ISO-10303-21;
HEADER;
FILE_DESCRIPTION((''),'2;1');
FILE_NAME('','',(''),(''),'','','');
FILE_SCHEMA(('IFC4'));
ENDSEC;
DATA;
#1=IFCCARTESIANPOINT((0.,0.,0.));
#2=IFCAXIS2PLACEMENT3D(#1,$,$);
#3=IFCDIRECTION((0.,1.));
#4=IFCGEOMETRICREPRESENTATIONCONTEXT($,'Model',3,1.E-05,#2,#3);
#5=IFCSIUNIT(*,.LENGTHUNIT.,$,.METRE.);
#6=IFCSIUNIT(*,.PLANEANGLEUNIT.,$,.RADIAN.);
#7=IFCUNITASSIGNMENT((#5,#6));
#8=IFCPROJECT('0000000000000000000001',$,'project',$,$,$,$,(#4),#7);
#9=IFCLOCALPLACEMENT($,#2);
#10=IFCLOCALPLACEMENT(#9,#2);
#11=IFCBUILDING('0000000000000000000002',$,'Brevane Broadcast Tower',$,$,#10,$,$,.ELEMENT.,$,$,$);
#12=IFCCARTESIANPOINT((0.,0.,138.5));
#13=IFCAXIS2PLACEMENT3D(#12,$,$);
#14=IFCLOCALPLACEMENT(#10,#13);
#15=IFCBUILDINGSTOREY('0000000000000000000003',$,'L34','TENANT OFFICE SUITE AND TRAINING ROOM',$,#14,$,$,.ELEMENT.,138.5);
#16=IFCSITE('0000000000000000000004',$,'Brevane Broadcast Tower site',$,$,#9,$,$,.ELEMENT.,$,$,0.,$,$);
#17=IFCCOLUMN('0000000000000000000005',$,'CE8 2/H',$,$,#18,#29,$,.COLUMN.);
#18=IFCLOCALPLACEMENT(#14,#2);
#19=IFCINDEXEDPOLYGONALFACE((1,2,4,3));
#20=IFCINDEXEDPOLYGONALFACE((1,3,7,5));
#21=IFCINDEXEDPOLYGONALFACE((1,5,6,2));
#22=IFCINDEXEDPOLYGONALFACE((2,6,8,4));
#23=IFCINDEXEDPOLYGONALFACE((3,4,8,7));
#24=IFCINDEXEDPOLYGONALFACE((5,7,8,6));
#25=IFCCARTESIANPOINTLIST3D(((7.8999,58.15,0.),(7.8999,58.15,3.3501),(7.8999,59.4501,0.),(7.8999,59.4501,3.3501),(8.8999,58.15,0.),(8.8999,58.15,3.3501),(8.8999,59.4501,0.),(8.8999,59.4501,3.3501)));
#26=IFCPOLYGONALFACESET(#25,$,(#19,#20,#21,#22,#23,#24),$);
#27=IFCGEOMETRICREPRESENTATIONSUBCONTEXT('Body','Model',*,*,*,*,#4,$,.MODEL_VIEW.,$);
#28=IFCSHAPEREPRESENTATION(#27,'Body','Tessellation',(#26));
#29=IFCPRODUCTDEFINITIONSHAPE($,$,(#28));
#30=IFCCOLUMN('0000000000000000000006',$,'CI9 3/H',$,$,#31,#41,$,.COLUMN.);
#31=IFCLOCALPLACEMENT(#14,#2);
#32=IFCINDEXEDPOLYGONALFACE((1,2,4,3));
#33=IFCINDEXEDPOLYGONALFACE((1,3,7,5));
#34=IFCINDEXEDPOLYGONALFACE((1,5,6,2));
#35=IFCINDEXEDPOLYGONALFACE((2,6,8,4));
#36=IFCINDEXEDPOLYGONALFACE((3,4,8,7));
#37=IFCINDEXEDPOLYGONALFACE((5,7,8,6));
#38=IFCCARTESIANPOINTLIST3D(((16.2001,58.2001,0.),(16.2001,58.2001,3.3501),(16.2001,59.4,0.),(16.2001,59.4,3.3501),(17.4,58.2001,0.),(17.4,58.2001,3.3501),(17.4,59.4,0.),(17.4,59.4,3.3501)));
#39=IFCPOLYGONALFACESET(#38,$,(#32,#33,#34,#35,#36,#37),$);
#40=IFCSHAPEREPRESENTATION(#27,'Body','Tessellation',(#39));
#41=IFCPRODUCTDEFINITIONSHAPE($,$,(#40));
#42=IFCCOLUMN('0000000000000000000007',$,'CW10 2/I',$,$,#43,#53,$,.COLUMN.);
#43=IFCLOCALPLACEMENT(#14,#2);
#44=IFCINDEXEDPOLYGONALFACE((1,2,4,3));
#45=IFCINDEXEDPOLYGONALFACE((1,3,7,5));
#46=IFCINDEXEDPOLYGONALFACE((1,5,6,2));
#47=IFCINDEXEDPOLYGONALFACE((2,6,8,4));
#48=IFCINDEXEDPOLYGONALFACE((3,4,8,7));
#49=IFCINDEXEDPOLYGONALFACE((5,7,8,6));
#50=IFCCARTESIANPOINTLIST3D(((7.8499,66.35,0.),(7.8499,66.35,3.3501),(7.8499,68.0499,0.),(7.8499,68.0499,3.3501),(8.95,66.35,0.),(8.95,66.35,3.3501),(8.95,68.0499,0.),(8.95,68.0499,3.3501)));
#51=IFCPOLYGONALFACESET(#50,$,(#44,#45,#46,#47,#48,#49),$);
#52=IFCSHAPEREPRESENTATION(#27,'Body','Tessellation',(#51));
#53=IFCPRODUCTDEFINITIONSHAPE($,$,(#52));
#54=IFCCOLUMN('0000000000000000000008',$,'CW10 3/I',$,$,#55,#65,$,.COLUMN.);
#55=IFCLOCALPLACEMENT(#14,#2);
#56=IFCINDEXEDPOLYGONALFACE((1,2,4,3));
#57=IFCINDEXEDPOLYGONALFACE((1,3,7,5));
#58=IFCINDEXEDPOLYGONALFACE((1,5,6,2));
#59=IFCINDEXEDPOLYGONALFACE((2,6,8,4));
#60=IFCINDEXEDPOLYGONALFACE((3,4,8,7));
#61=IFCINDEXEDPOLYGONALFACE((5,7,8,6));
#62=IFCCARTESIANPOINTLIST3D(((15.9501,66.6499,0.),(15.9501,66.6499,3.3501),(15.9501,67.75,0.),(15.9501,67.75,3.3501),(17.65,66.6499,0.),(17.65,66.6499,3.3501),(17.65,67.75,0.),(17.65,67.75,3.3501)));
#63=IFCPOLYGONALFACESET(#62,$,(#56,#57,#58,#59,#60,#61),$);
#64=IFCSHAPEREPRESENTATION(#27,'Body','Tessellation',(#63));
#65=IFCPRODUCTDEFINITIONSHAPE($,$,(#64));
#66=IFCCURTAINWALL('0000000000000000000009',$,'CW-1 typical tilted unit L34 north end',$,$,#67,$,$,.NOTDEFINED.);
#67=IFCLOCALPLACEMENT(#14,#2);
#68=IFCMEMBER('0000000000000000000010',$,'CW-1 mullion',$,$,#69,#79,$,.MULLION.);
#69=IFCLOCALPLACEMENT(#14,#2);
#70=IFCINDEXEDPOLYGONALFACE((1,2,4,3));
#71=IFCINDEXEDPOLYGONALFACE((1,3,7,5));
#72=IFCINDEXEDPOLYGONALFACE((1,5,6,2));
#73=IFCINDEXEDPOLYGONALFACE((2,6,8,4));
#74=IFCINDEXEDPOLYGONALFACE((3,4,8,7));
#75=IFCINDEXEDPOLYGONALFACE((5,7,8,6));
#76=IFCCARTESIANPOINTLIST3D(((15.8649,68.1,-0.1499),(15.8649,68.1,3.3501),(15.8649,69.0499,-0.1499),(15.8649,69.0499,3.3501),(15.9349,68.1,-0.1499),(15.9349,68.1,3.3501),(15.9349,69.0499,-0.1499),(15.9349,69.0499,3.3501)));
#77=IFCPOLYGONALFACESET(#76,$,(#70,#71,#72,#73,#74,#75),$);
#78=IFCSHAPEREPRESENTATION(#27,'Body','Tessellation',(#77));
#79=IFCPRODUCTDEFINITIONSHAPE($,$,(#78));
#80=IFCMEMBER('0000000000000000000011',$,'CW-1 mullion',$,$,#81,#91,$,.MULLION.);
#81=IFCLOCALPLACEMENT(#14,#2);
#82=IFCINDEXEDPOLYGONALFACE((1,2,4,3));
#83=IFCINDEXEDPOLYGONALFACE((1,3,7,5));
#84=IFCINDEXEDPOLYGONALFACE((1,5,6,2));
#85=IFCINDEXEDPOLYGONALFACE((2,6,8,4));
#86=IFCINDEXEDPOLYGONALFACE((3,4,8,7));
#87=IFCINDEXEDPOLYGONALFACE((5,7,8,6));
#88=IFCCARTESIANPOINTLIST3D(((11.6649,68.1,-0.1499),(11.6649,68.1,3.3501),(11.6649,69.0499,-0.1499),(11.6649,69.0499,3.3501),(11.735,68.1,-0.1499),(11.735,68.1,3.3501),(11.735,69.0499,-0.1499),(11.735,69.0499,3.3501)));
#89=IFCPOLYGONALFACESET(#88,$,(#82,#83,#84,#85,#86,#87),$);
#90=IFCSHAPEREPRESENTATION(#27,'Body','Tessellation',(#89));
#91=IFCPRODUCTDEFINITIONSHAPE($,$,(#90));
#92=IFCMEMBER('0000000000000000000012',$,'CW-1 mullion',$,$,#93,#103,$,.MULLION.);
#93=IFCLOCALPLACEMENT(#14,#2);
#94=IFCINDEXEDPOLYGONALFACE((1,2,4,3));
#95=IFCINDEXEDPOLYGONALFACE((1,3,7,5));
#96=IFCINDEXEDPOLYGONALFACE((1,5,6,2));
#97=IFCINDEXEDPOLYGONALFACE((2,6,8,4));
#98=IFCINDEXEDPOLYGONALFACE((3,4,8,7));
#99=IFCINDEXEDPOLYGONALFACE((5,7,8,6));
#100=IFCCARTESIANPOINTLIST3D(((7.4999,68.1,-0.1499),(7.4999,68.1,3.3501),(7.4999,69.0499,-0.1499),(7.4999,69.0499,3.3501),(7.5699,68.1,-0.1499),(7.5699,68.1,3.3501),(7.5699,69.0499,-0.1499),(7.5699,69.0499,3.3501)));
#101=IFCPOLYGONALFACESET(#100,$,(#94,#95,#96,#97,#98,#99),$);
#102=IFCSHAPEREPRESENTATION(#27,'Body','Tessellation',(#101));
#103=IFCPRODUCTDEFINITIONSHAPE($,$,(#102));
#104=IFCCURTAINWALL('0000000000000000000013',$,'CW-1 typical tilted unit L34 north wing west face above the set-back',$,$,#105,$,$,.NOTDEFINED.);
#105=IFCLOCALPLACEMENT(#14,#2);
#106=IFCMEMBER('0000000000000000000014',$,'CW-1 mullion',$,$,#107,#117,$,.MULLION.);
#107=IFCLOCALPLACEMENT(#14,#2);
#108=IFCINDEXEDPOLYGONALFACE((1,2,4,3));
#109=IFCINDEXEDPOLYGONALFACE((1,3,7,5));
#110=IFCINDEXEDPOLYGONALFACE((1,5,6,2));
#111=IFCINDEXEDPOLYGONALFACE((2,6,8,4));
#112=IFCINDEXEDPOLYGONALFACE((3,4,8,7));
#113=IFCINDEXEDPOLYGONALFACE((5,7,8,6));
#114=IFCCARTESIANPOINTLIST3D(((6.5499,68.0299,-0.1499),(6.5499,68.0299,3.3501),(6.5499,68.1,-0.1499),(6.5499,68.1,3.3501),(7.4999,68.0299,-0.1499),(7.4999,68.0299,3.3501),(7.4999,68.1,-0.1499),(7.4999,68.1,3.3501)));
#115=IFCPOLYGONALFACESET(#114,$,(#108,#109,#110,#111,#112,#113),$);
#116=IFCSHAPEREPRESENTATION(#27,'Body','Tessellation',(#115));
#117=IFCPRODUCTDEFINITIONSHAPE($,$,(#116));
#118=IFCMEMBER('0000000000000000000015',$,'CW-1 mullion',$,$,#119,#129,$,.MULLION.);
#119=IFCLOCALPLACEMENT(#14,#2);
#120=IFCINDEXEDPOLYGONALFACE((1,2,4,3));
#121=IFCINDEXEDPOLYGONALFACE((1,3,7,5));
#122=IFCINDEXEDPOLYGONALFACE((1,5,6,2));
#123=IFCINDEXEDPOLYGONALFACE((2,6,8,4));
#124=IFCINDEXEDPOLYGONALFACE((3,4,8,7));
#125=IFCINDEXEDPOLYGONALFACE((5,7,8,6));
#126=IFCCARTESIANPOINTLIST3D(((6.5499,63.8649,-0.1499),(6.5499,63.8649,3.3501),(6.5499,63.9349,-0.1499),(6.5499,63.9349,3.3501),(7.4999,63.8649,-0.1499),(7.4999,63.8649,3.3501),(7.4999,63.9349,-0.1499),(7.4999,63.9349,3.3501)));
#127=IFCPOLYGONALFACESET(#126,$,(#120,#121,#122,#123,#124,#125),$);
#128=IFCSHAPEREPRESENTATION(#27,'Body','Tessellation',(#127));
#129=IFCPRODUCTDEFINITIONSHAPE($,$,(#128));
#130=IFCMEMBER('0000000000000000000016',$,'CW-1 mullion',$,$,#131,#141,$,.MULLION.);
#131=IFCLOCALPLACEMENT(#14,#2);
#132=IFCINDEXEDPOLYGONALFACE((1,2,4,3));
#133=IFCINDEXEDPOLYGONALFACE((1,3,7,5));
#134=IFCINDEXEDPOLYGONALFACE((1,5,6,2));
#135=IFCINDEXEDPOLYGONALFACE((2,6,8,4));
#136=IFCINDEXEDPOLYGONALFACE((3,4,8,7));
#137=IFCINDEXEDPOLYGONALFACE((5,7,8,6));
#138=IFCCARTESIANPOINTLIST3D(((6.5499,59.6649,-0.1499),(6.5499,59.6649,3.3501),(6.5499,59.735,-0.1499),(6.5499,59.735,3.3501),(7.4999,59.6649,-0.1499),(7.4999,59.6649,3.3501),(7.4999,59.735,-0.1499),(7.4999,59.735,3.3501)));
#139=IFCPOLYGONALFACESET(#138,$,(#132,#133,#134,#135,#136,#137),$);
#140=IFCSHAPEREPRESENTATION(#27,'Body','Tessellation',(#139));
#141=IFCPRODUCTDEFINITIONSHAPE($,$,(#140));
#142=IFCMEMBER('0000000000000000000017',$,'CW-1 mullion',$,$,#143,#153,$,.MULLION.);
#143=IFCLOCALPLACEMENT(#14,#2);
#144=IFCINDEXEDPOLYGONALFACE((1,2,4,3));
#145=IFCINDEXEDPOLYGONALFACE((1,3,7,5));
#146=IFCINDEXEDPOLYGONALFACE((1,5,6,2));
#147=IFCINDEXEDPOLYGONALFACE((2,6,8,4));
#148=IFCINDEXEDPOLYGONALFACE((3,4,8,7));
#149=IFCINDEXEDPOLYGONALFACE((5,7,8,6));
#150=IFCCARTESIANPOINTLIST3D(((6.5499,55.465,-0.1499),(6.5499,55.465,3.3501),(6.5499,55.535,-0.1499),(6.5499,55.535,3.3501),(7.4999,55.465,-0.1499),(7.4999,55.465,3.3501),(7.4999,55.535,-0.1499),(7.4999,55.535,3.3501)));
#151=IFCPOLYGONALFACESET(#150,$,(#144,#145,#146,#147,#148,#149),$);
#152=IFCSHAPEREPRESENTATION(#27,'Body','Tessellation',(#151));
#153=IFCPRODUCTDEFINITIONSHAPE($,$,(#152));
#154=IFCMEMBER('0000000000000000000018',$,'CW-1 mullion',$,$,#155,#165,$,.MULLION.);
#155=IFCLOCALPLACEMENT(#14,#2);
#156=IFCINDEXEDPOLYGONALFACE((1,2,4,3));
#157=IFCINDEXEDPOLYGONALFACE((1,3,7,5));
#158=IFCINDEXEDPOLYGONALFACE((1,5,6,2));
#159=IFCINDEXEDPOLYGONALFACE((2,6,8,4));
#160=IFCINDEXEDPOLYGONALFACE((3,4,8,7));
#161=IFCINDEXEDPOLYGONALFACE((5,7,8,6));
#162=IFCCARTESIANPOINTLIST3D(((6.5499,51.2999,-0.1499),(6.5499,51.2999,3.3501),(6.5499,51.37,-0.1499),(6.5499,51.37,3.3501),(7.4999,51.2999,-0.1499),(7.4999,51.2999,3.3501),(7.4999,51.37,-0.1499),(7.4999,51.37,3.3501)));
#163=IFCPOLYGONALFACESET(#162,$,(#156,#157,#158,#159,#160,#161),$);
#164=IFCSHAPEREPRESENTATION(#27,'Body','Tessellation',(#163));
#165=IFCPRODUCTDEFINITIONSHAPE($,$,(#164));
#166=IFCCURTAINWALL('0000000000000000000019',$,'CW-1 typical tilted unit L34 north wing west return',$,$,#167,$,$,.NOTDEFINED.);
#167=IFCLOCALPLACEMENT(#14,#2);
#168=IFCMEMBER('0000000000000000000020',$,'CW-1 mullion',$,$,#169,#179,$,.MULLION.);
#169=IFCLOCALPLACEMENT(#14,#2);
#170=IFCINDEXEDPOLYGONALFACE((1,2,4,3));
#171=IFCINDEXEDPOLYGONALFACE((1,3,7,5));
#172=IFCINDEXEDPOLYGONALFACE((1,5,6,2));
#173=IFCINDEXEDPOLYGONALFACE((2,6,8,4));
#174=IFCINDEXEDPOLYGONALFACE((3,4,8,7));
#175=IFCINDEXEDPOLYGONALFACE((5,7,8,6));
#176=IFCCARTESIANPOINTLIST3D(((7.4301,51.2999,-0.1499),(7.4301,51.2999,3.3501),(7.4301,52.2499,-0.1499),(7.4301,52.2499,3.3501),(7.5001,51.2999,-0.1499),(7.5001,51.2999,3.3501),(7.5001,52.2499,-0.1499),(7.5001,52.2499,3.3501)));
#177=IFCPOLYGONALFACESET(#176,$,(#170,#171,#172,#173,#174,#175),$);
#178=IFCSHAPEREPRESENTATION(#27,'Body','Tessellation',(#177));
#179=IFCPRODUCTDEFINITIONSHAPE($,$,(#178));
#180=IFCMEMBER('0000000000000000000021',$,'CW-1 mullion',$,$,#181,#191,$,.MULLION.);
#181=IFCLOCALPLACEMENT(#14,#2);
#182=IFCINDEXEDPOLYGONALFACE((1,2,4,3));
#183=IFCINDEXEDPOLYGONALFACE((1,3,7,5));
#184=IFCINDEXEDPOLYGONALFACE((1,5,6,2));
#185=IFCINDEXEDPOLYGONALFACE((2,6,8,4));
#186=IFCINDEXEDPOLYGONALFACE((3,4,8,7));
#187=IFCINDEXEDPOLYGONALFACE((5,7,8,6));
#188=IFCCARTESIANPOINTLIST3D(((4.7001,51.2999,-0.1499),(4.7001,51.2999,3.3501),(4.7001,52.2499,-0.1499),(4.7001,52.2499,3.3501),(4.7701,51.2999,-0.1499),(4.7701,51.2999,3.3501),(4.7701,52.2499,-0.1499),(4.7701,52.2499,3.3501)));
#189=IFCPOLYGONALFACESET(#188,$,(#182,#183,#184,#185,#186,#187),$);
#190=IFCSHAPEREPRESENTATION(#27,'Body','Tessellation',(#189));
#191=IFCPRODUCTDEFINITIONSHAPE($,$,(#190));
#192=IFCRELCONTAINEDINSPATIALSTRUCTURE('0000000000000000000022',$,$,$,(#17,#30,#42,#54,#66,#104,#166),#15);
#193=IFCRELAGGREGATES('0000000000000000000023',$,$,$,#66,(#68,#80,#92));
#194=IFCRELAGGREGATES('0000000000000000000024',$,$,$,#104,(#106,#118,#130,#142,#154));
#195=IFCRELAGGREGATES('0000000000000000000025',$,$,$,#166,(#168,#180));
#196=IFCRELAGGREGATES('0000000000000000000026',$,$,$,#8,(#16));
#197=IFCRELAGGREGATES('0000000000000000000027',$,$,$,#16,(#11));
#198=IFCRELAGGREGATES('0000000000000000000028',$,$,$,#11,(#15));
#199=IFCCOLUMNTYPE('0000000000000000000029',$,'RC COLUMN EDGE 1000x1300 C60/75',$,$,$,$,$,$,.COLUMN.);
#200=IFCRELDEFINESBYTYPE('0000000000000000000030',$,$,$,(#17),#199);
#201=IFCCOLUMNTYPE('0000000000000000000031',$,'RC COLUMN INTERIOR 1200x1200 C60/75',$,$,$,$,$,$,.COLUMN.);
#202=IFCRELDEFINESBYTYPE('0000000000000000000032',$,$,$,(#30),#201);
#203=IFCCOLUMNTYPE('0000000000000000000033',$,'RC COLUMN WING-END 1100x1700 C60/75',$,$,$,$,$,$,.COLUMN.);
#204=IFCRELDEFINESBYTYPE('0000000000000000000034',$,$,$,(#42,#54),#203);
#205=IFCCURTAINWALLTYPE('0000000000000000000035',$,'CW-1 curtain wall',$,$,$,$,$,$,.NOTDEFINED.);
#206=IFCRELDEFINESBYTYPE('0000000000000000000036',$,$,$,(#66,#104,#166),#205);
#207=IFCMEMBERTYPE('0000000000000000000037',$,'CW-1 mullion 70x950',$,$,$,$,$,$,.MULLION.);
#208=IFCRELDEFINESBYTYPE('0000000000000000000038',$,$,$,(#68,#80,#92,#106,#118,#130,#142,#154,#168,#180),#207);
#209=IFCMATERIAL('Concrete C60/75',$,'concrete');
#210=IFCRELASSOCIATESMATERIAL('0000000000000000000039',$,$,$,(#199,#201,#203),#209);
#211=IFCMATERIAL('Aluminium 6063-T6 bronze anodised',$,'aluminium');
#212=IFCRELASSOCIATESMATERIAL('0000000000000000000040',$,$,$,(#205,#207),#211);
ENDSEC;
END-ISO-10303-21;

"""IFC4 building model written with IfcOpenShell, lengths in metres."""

from ifc_helpers import new_model, si_unit, direction, frame, origin, origin_2d, place, context, subcontext, project, spatial, rectangle, extrude, material, material_profile, profile_set, type_object, element, aggregate, save


model = new_model("IFC4")

# Units and contexts
model_context = context("Model", 3, precision=1e-05, world=origin(), true_north=direction((0.0, 1.0)))
body_context = subcontext(model_context, "Body", "Model", "MODEL_VIEW")
ifc_project = project(units=[si_unit("LENGTHUNIT", "METRE"), si_unit("PLANEANGLEUNIT", "RADIAN")], contexts=[model_context])

# Site, building, storey
site_placement = place(None, origin())
site = spatial("IfcSite", under=ifc_project, at=site_placement, Name="Brevane Broadcast Tower site", CompositionType="ELEMENT", RefElevation=0.0)
building_placement = place(site_placement, origin())
building = spatial("IfcBuilding", under=site, at=building_placement, Name="Brevane Broadcast Tower", CompositionType="ELEMENT")
storey_placement = place(building_placement, frame((0.0, 0.0, 138.5)))
storey = spatial("IfcBuildingStorey", under=building, at=storey_placement, Name="L34", Description="TENANT OFFICE SUITE AND TRAINING ROOM", CompositionType="ELEMENT", Elevation=138.5)

# Columns
ifc_material_1 = material(Name="Concrete C60/75", Category="concrete")
ifc_material_profile_1 = material_profile(ifc_material_1, rectangle(XDim=1.0, YDim=1.3, at=origin_2d()), Name="RC 1000x1300")
ifc_profile_set_1 = profile_set([ifc_material_profile_1], Name="Concrete C60/75")
column_type_1 = type_object("IfcColumnType", Name="RC COLUMN EDGE 1000x1300 C60/75", PredefinedType="COLUMN", material=ifc_profile_set_1)
column_1_placement = place(storey_placement, frame((8.3999, 58.8, 0.0), z_axis=(0.0, 0.0, 1.0), x_axis=(1.0, 0.0, 0.0)))
element("IfcColumn", 1, at=column_1_placement, inside=storey, type_object=column_type_1, Name="CE8 2/H", PredefinedType="COLUMN", context=body_context, shape_type="SweptSolid", body=[
    extrude(rectangle(XDim=1.0, YDim=1.3, at=origin_2d()), origin(), (0.0, 0.0, 1.0), 3.3501),
])
ifc_material_profile_2 = material_profile(ifc_material_1, rectangle(XDim=1.2, YDim=1.2, at=origin_2d()), Name="RC 1200x1200")
ifc_profile_set_2 = profile_set([ifc_material_profile_2], Name="Concrete C60/75")
column_type_2 = type_object("IfcColumnType", Name="RC COLUMN INTERIOR 1200x1200 C60/75", PredefinedType="COLUMN", material=ifc_profile_set_2)
column_2_placement = place(storey_placement, frame((16.8, 58.8, 0.0), z_axis=(0.0, 0.0, 1.0), x_axis=(1.0, 0.0, 0.0)))
element("IfcColumn", 2, at=column_2_placement, inside=storey, type_object=column_type_2, Name="CI9 3/H", PredefinedType="COLUMN", context=body_context, shape_type="SweptSolid", body=[
    extrude(rectangle(XDim=1.2, YDim=1.2, at=origin_2d()), origin(), (0.0, 0.0, 1.0), 3.3501),
])
ifc_material_profile_3 = material_profile(ifc_material_1, rectangle(XDim=1.1001, YDim=1.7, at=origin_2d()), Name="RC 1100x1700")
ifc_profile_set_3 = profile_set([ifc_material_profile_3], Name="Concrete C60/75")
column_type_3 = type_object("IfcColumnType", Name="RC COLUMN WING-END 1100x1700 C60/75", PredefinedType="COLUMN", material=ifc_profile_set_3)
for number, where, z_axis, x_axis, name in (
    (3, (8.3999, 67.2, 0.0), (0.0, 0.0, 1.0), (1.0, 0.0, 0.0), "CW10 2/I"),
    (4, (16.8, 67.2, 0.0), (0.0, 0.0, 1.0), (0.0, 1.0, 0.0), "CW10 3/I"),
):
    element("IfcColumn", number, at=place(storey_placement, frame(where, z_axis=z_axis, x_axis=x_axis)), inside=storey, type_object=column_type_3, Name=name, PredefinedType="COLUMN", context=body_context, shape_type="SweptSolid", body=[
        extrude(rectangle(XDim=1.1001, YDim=1.7, at=origin_2d()), origin(), (0.0, 0.0, 1.0), 3.3501),
    ])

# Curtain walls, members
ifc_material_2 = material(Name="Aluminium 6063-T6 bronze anodised", Category="aluminium")
curtain_wall_type = type_object("IfcCurtainWallType", Name="CW-1 curtain wall", PredefinedType="NOTDEFINED", material=ifc_material_2)
curtain_wall_1_placement = place(storey_placement, origin())
curtain_wall_1 = element("IfcCurtainWall", 5, at=curtain_wall_1_placement, inside=storey, type_object=curtain_wall_type, Name="CW-1 typical tilted unit L34 north end", PredefinedType="NOTDEFINED")
ifc_material_profile_4 = material_profile(ifc_material_2, rectangle(XDim=0.95, YDim=0.0701, at=origin_2d()), Name="RECT 70x950")
ifc_profile_set_4 = profile_set([ifc_material_profile_4], Name="Aluminium 6063-T6 bronze anodised")
member_type_1 = type_object("IfcMemberType", Name="CW-1 mullion 70x950", PredefinedType="MULLION", material=ifc_profile_set_4)
member_1_placement = place(storey_placement, frame((15.8999, 68.575, -0.1499), z_axis=(0.0, 0.0, 1.0), x_axis=(0.0, -1.0, 0.0)))
member_1 = element("IfcMember", 6, at=member_1_placement, type_object=member_type_1, Name="CW-1 mullion", PredefinedType="MULLION", context=body_context, shape_type="SweptSolid", body=[
    extrude(rectangle(XDim=0.95, YDim=0.0701, at=origin_2d()), origin(), (0.0, 0.0, 1.0), 3.5),
])
member_2_placement = place(storey_placement, frame((11.7, 68.575, -0.1499), z_axis=(0.0, 0.0, 1.0), x_axis=(0.0, -1.0, 0.0)))
member_2 = element("IfcMember", 7, at=member_2_placement, type_object=member_type_1, Name="CW-1 mullion", PredefinedType="MULLION", context=body_context, shape_type="SweptSolid", body=[
    extrude(rectangle(XDim=0.95, YDim=0.0701, at=origin_2d()), origin(), (0.0, 0.0, 1.0), 3.5),
])
member_3_placement = place(storey_placement, frame((7.5349, 68.575, -0.1499), z_axis=(0.0, 0.0, 1.0), x_axis=(0.0, -1.0, 0.0)))
member_3 = element("IfcMember", 8, at=member_3_placement, type_object=member_type_1, Name="CW-1 mullion", PredefinedType="MULLION", context=body_context, shape_type="SweptSolid", body=[
    extrude(rectangle(XDim=0.95, YDim=0.0701, at=origin_2d()), origin(), (0.0, 0.0, 1.0), 3.5),
])
aggregate(curtain_wall_1, [member_1, member_2, member_3])
curtain_wall_2_placement = place(storey_placement, origin())
curtain_wall_2 = element("IfcCurtainWall", 9, at=curtain_wall_2_placement, inside=storey, type_object=curtain_wall_type, Name="CW-1 typical tilted unit L34 north wing west face above the set-back", PredefinedType="NOTDEFINED")
member_4_placement = place(storey_placement, frame((7.0249, 68.0649, -0.1499), z_axis=(0.0, 0.0, 1.0), x_axis=(1.0, 0.0, 0.0)))
member_4 = element("IfcMember", 10, at=member_4_placement, type_object=member_type_1, Name="CW-1 mullion", PredefinedType="MULLION", context=body_context, shape_type="SweptSolid", body=[
    extrude(rectangle(XDim=0.95, YDim=0.0701, at=origin_2d()), origin(), (0.0, 0.0, 1.0), 3.5),
])
member_5_placement = place(storey_placement, frame((7.0249, 63.8999, -0.1499), z_axis=(0.0, 0.0, 1.0), x_axis=(1.0, 0.0, 0.0)))
member_5 = element("IfcMember", 11, at=member_5_placement, type_object=member_type_1, Name="CW-1 mullion", PredefinedType="MULLION", context=body_context, shape_type="SweptSolid", body=[
    extrude(rectangle(XDim=0.95, YDim=0.0701, at=origin_2d()), origin(), (0.0, 0.0, 1.0), 3.5),
])
member_6_placement = place(storey_placement, frame((7.0249, 59.7, -0.1499), z_axis=(0.0, 0.0, 1.0), x_axis=(1.0, 0.0, 0.0)))
member_6 = element("IfcMember", 12, at=member_6_placement, type_object=member_type_1, Name="CW-1 mullion", PredefinedType="MULLION", context=body_context, shape_type="SweptSolid", body=[
    extrude(rectangle(XDim=0.95, YDim=0.0701, at=origin_2d()), origin(), (0.0, 0.0, 1.0), 3.5),
])
member_7_placement = place(storey_placement, frame((7.0249, 55.5, -0.1499), z_axis=(0.0, 0.0, 1.0), x_axis=(1.0, 0.0, 0.0)))
member_7 = element("IfcMember", 13, at=member_7_placement, type_object=member_type_1, Name="CW-1 mullion", PredefinedType="MULLION", context=body_context, shape_type="SweptSolid", body=[
    extrude(rectangle(XDim=0.95, YDim=0.0701, at=origin_2d()), origin(), (0.0, 0.0, 1.0), 3.5),
])
member_8_placement = place(storey_placement, frame((7.0249, 51.335, -0.1499), z_axis=(0.0, 0.0, 1.0), x_axis=(1.0, 0.0, 0.0)))
member_8 = element("IfcMember", 14, at=member_8_placement, type_object=member_type_1, Name="CW-1 mullion", PredefinedType="MULLION", context=body_context, shape_type="SweptSolid", body=[
    extrude(rectangle(XDim=0.95, YDim=0.0701, at=origin_2d()), origin(), (0.0, 0.0, 1.0), 3.5),
])
curtain_wall_3_placement = place(storey_placement, origin())
curtain_wall_3 = element("IfcCurtainWall", 15, at=curtain_wall_3_placement, inside=storey, type_object=curtain_wall_type, Name="CW-1 typical tilted unit L34 north wing west return", PredefinedType="NOTDEFINED")
member_9_placement = place(storey_placement, frame((7.4651, 51.7749, -0.1499), z_axis=(0.0, 0.0, 1.0), x_axis=(0.0, -1.0, 0.0)))
member_9 = element("IfcMember", 16, at=member_9_placement, type_object=member_type_1, Name="CW-1 mullion", PredefinedType="MULLION", context=body_context, shape_type="SweptSolid", body=[
    extrude(rectangle(XDim=0.95, YDim=0.0701, at=origin_2d()), origin(), (0.0, 0.0, 1.0), 3.5),
])
member_10_placement = place(storey_placement, frame((4.7351, 51.7749, -0.1499), z_axis=(0.0, 0.0, 1.0), x_axis=(0.0, -1.0, 0.0)))
member_10 = element("IfcMember", 17, at=member_10_placement, type_object=member_type_1, Name="CW-1 mullion", PredefinedType="MULLION", context=body_context, shape_type="SweptSolid", body=[
    extrude(rectangle(XDim=0.95, YDim=0.0701, at=origin_2d()), origin(), (0.0, 0.0, 1.0), 3.5),
])

aggregate(curtain_wall_2, [member_4, member_5, member_6, member_7, member_8])
aggregate(curtain_wall_3, [member_9, member_10])

save(model, "model.ifc")
